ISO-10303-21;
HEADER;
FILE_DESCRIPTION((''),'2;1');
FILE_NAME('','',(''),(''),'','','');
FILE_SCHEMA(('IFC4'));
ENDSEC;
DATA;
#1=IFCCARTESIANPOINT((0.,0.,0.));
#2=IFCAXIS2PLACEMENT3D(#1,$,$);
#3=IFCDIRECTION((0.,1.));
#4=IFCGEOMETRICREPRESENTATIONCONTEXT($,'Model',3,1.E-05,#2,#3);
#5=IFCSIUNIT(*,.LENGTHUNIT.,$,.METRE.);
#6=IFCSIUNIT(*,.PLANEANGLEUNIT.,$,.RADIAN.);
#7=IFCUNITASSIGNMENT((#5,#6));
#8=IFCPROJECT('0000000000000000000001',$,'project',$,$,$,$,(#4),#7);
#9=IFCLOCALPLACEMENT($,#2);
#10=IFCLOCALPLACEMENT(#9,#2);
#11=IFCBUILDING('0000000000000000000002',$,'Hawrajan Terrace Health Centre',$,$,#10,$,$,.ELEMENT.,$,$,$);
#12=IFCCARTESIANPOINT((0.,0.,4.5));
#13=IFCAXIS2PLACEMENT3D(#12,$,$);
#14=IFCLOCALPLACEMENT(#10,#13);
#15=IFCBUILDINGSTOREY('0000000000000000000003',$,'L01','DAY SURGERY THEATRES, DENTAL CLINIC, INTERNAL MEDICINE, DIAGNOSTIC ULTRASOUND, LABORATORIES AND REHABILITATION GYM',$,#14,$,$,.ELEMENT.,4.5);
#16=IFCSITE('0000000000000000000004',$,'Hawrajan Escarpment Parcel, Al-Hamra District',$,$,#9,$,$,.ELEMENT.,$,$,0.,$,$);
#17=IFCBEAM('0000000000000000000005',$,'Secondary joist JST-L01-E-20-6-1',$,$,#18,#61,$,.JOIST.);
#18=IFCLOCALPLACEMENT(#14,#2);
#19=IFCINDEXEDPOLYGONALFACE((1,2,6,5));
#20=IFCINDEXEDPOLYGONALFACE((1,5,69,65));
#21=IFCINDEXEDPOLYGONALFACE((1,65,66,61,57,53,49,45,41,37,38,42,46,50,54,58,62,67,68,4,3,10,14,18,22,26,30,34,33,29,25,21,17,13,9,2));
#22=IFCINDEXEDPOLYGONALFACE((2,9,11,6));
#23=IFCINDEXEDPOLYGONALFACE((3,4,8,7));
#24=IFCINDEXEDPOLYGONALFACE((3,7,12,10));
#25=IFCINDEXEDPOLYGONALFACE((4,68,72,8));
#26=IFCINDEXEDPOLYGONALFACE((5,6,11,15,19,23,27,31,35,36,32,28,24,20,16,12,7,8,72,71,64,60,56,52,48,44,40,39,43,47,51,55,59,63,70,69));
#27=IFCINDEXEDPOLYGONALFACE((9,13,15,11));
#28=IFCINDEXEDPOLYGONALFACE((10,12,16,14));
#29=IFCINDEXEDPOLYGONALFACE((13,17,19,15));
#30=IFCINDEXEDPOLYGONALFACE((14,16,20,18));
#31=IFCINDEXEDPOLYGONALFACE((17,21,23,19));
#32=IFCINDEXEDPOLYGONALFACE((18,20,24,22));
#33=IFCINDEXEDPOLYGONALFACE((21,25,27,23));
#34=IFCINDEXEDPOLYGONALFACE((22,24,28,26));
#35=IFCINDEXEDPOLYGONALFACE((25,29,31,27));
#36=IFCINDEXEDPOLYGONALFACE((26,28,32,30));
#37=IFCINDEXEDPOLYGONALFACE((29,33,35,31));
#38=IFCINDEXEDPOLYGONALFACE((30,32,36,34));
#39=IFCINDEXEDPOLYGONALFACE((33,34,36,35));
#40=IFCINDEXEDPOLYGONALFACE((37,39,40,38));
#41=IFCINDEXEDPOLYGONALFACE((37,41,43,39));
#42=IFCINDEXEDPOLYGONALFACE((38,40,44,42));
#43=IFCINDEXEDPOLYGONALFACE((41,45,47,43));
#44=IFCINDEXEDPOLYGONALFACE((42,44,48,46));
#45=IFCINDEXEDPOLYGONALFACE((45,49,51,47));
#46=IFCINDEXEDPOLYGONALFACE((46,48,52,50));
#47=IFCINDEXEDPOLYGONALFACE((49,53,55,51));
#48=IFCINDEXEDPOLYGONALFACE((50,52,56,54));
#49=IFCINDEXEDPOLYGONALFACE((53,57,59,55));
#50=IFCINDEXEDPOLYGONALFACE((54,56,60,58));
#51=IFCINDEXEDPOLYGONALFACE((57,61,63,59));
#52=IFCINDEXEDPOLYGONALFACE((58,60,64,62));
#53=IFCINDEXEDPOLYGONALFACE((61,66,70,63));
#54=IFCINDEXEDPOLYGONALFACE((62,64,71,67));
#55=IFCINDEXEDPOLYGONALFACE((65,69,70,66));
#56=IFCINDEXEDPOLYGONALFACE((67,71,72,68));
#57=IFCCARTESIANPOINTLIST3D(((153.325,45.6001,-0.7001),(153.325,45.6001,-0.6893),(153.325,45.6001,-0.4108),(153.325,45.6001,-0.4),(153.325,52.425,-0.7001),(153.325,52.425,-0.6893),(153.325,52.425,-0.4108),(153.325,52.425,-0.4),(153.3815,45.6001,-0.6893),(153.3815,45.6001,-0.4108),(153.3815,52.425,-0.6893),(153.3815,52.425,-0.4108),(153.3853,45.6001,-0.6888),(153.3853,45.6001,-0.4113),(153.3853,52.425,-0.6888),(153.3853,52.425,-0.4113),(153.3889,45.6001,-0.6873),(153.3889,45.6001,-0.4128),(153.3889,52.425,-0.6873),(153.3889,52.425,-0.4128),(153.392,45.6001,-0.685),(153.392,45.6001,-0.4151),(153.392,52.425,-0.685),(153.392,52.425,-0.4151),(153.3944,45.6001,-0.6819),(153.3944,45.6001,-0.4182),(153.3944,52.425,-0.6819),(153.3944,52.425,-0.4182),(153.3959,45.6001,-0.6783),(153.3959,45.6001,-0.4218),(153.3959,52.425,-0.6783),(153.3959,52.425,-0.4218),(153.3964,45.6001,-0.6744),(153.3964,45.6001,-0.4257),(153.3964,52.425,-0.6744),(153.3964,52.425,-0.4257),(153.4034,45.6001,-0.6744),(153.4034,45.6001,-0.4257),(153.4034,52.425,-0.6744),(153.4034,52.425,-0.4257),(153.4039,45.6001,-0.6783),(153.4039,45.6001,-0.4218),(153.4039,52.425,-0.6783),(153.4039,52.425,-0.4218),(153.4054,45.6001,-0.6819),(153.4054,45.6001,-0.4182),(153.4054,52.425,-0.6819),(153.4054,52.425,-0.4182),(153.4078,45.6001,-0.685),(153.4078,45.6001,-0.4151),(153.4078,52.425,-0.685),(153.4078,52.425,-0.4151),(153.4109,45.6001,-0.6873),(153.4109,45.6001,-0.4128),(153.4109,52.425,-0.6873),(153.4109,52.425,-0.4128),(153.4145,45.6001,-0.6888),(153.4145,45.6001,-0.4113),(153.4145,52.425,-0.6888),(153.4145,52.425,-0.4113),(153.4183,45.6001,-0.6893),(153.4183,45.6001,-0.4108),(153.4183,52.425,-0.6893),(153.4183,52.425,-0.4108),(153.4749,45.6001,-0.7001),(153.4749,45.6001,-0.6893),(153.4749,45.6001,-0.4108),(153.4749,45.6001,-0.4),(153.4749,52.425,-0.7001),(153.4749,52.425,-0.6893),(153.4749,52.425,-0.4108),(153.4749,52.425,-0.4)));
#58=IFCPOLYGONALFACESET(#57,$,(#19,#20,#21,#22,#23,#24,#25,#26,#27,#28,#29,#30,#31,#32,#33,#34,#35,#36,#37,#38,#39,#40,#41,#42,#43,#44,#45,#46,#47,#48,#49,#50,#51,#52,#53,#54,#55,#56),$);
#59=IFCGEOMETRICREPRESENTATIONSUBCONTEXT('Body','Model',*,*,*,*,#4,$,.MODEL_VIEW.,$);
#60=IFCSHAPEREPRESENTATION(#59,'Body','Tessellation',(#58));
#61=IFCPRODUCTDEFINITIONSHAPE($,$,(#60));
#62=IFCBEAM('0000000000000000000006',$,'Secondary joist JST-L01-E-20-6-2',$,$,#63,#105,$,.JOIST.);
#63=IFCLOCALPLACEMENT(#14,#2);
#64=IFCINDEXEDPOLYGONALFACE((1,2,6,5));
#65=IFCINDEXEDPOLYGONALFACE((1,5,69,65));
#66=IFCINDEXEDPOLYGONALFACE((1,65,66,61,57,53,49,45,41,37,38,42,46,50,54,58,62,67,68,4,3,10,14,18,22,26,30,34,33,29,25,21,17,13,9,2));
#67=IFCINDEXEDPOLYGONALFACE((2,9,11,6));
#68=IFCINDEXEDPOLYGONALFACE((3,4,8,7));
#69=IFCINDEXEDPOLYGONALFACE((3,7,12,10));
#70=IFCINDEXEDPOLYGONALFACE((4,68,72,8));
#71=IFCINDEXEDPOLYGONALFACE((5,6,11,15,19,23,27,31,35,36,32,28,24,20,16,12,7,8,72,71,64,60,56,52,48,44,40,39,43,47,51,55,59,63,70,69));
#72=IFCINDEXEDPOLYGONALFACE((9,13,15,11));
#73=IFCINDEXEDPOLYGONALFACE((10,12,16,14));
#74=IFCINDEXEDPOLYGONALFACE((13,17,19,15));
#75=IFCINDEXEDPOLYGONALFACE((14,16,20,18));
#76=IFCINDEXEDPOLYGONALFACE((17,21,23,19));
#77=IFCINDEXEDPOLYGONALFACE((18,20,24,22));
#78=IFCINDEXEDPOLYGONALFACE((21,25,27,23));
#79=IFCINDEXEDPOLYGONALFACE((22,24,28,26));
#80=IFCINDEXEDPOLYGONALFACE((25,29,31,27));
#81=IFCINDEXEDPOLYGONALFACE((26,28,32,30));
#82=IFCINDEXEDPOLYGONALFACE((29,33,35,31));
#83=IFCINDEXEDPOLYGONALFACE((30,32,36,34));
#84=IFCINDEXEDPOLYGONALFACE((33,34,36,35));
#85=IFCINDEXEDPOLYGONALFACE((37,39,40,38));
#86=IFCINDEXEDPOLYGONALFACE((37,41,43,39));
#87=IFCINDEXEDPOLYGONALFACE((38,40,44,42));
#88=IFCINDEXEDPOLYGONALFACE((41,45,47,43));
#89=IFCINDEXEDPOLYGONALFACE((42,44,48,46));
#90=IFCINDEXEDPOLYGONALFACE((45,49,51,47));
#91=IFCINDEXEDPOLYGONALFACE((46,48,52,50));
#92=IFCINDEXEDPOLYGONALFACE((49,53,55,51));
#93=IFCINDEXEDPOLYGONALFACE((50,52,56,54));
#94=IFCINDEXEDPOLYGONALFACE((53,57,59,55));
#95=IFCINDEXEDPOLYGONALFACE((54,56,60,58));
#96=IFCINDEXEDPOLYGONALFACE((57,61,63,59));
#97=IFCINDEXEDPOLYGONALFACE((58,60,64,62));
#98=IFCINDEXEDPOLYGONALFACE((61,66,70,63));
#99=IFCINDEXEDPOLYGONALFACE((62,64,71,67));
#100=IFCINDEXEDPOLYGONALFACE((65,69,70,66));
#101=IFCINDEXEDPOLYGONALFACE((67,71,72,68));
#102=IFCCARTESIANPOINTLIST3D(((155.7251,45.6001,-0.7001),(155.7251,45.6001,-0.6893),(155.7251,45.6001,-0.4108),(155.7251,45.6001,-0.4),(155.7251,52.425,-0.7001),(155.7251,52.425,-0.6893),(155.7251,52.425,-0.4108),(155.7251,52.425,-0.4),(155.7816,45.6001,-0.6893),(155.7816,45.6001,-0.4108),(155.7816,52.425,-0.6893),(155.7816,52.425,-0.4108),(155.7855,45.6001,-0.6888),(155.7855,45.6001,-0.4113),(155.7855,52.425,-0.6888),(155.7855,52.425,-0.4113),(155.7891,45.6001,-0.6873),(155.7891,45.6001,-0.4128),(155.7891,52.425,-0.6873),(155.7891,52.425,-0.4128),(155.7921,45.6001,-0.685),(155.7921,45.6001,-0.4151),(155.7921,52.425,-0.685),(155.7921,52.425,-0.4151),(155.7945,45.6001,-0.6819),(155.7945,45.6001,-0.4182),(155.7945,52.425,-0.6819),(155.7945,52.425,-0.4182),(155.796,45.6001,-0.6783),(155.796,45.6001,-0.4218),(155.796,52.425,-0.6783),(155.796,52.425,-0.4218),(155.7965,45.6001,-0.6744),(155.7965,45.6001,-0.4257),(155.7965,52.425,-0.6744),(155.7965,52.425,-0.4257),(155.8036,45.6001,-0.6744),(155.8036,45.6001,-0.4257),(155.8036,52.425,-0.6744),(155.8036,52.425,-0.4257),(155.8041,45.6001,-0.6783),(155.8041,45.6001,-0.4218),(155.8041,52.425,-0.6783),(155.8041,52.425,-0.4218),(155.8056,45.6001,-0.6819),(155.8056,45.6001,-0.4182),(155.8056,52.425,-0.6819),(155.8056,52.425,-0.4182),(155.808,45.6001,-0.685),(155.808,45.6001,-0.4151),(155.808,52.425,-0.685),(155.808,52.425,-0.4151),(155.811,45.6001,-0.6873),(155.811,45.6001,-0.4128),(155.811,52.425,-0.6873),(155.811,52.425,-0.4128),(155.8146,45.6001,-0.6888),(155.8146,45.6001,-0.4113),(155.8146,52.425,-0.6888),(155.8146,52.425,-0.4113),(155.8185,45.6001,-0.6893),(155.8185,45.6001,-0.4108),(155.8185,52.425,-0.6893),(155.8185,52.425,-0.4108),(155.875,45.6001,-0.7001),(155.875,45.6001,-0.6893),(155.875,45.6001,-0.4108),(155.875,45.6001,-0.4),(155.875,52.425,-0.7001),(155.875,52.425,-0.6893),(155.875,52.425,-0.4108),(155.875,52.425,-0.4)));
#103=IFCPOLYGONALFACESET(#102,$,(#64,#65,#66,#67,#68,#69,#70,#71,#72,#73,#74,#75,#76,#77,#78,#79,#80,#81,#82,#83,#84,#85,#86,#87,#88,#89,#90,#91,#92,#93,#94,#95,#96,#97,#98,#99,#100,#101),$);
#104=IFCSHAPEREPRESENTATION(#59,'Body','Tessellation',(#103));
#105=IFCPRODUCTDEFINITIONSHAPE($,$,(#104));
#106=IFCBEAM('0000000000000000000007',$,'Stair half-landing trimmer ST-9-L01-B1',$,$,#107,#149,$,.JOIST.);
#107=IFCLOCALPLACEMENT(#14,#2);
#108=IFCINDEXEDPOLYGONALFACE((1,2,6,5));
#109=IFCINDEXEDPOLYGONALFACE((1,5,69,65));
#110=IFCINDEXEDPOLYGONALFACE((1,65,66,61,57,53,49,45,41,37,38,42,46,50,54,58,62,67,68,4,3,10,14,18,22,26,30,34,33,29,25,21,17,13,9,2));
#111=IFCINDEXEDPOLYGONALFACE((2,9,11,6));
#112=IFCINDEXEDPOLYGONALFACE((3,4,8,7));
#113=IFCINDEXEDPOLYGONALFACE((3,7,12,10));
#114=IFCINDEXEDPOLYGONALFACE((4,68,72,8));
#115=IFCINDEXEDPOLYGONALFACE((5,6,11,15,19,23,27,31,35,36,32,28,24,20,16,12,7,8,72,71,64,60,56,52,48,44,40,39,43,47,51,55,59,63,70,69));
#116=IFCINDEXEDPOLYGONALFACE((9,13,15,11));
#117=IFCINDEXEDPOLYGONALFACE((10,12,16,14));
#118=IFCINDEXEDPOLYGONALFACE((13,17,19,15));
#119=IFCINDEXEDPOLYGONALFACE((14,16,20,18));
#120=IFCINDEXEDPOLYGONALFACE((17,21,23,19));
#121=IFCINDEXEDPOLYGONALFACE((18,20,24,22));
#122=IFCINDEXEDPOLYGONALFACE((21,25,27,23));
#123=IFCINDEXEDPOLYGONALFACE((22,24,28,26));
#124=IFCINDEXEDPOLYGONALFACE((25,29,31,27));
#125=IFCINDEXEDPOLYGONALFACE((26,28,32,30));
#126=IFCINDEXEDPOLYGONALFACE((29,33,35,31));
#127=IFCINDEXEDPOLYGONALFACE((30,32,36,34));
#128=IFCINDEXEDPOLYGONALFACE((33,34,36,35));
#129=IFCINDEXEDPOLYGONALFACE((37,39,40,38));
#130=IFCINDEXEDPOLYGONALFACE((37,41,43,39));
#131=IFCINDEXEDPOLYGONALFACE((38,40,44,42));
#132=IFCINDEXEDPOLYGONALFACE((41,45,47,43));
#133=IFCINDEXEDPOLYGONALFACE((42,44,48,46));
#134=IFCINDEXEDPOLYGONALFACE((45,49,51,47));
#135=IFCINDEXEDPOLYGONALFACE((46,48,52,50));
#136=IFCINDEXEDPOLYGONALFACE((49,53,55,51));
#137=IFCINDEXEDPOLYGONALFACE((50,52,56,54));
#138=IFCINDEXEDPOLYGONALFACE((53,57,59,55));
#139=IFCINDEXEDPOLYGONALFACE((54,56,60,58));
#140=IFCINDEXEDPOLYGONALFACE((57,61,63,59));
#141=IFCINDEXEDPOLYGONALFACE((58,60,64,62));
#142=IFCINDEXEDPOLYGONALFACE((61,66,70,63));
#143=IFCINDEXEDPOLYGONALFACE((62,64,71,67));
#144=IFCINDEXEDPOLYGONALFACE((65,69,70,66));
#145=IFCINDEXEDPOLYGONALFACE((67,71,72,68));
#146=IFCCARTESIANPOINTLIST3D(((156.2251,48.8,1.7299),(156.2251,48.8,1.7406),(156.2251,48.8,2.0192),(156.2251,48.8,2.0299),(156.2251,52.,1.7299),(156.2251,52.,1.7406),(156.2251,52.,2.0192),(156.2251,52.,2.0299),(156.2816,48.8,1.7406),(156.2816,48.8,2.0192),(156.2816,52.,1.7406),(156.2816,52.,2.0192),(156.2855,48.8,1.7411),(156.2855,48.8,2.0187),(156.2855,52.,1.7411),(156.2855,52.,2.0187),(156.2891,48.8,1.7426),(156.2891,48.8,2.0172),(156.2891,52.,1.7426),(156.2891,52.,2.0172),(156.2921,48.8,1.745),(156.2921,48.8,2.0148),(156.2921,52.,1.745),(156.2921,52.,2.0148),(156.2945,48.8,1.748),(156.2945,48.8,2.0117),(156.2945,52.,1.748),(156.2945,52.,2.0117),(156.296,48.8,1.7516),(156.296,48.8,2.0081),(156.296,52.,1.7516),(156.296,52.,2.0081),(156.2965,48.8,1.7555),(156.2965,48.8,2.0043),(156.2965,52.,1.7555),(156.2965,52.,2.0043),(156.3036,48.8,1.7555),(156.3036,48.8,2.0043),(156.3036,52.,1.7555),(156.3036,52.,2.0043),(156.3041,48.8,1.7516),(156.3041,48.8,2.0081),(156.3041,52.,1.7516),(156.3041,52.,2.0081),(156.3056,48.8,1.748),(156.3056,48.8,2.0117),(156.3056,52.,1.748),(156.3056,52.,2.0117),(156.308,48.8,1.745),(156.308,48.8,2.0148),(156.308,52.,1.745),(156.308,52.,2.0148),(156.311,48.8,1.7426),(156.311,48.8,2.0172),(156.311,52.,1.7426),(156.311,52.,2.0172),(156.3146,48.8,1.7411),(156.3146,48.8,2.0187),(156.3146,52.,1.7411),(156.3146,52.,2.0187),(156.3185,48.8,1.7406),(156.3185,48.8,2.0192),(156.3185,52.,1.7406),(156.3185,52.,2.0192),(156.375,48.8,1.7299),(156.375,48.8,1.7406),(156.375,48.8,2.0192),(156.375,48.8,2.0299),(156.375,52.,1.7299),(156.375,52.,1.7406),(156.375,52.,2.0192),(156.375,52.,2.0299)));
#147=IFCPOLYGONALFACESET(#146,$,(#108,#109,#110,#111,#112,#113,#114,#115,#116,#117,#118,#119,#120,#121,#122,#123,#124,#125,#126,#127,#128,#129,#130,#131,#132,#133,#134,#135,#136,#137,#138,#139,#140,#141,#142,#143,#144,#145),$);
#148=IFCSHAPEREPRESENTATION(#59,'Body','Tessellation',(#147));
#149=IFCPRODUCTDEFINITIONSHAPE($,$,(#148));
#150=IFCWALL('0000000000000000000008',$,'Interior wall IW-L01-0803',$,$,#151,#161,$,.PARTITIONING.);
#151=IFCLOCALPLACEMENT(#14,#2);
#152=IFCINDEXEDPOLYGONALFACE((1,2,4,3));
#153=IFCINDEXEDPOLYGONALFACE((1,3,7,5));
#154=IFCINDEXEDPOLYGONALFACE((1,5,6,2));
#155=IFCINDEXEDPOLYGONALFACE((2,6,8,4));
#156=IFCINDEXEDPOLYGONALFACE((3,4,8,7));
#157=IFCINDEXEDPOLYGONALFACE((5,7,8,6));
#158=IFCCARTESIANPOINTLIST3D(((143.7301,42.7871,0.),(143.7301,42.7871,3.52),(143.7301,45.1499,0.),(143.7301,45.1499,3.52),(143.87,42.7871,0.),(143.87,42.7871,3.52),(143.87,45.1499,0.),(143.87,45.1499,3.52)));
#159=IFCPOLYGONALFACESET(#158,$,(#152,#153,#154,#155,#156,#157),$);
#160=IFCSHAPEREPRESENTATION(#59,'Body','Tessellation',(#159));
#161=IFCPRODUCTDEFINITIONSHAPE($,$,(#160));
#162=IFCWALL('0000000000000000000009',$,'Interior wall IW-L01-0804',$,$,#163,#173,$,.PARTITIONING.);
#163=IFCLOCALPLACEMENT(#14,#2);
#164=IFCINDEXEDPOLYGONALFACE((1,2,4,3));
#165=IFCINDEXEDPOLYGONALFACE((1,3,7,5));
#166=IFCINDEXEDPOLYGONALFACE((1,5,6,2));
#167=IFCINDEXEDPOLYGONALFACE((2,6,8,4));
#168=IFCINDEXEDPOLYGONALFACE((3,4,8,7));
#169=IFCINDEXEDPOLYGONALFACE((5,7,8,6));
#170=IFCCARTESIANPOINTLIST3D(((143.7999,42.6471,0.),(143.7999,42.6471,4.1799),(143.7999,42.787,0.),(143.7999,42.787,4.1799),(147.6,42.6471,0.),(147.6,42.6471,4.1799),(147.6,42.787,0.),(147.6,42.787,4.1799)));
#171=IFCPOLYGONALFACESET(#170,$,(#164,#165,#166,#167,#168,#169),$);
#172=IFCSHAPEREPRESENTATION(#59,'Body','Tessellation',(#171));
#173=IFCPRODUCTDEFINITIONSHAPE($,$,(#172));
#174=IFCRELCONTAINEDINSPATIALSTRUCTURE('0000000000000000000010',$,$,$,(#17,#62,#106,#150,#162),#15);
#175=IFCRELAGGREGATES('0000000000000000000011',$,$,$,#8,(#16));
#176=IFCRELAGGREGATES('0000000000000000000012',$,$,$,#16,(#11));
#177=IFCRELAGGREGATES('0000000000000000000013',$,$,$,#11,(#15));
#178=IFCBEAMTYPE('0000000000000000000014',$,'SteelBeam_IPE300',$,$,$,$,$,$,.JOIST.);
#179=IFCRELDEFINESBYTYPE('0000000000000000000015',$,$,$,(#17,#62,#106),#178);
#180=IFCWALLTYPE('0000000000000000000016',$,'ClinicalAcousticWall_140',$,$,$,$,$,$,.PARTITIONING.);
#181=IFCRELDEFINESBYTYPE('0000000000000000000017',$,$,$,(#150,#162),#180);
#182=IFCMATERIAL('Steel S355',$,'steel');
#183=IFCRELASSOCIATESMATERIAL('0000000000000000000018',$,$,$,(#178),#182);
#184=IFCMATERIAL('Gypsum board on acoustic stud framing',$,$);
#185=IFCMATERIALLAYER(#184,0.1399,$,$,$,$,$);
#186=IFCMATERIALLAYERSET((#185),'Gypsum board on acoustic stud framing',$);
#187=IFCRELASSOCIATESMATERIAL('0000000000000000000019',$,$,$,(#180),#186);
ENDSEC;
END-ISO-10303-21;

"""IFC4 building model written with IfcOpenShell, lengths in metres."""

from ifc_helpers import new_model, si_unit, direction, frame, frame_2d, origin, origin_2d, place, context, subcontext, project, spatial, rectangle, i_section, extrude, material, layer, layer_set, material_profile, profile_set, type_object, element, save


model = new_model("IFC4")

# Units and contexts
model_context = context("Model", 3, precision=1e-05, world=origin(), true_north=direction((0.0, 1.0)))
body_context = subcontext(model_context, "Body", "Model", "MODEL_VIEW")
ifc_project = project(units=[si_unit("LENGTHUNIT", "METRE"), si_unit("PLANEANGLEUNIT", "RADIAN")], contexts=[model_context])

# Site, building, storey
site_placement = place(None, origin())
site = spatial("IfcSite", under=ifc_project, at=site_placement, Name="Hawrajan Escarpment Parcel, Al-Hamra District", CompositionType="ELEMENT", RefElevation=0.0)
building_placement = place(site_placement, origin())
building = spatial("IfcBuilding", under=site, at=building_placement, Name="Hawrajan Terrace Health Centre", CompositionType="ELEMENT")
storey_placement = place(building_placement, frame((0.0, 0.0, 4.5)))
storey = spatial("IfcBuildingStorey", under=building, at=storey_placement, Name="L01", Description="DAY SURGERY THEATRES, DENTAL CLINIC, INTERNAL MEDICINE, DIAGNOSTIC ULTRASOUND, LABORATORIES AND REHABILITATION GYM", CompositionType="ELEMENT", Elevation=4.5)

# Beams
ifc_material_1 = material(Name="Steel S355", Category="steel")
ifc_material_profile_1 = material_profile(ifc_material_1, i_section(OverallWidth=0.1499, OverallDepth=0.3, WebThickness=0.0071, FlangeThickness=0.0107, FilletRadius=0.0149, at=origin_2d()), Name="IPE 300")
ifc_profile_set_1 = profile_set([ifc_material_profile_1], Name="Steel S355")
beam_type_1 = type_object("IfcBeamType", Name="SteelBeam_IPE300", PredefinedType="JOIST", material=ifc_profile_set_1)
for number, where, z_axis, x_axis, name in (
    (1, (153.3999, 45.6001, -0.55), (0.0, 1.0, 0.0), (-1.0, 0.0, 0.0), "Secondary joist JST-L01-E-20-6-1"),
    (2, (155.8, 45.6001, -0.55), (0.0, 1.0, 0.0), (-1.0, 0.0, 0.0), "Secondary joist JST-L01-E-20-6-2"),
):
    element("IfcBeam", number, at=place(storey_placement, frame(where, z_axis=z_axis, x_axis=x_axis)), inside=storey, type_object=beam_type_1, Name=name, PredefinedType="JOIST", context=body_context, shape_type="SweptSolid", body=[
        extrude(i_section(OverallWidth=0.1499, OverallDepth=0.3, WebThickness=0.0071, FlangeThickness=0.0107, FilletRadius=0.0149, at=origin_2d()), origin(), (0.0, 0.0, 1.0), 6.825),
    ])
beam_placement = place(storey_placement, frame((156.3, 48.8, 1.8799), z_axis=(0.0, 1.0, 0.0), x_axis=(-1.0, 0.0, 0.0)))
element("IfcBeam", 3, at=beam_placement, inside=storey, type_object=beam_type_1, Name="Stair half-landing trimmer ST-9-L01-B1", PredefinedType="JOIST", context=body_context, shape_type="SweptSolid", body=[
    extrude(i_section(OverallWidth=0.1499, OverallDepth=0.3, WebThickness=0.0071, FlangeThickness=0.0107, FilletRadius=0.0149, at=origin_2d()), origin(), (0.0, 0.0, 1.0), 3.2),
])

# Walls
ifc_material_2 = material(Name="Gypsum board on acoustic stud framing")
ifc_layer_1 = layer(ifc_material_2, 0.1399)
ifc_layer_set_1 = layer_set([ifc_layer_1], Name="Gypsum board on acoustic stud framing")
wall_type_1 = type_object("IfcWallType", Name="ClinicalAcousticWall_140", PredefinedType="PARTITIONING", material=ifc_layer_set_1)
wall_1_placement = place(storey_placement, frame((143.8, 42.7871, 0.0), z_axis=(0.0, 0.0, 1.0), x_axis=(0.0, 1.0, 0.0)))
element("IfcWall", 4, at=wall_1_placement, inside=storey, type_object=wall_type_1, Name="Interior wall IW-L01-0803", PredefinedType="PARTITIONING", context=body_context, shape_type="SweptSolid", body=[
    extrude(rectangle(XDim=2.3628, YDim=0.1399, at=frame_2d((1.1814, 0.0))), origin(), (0.0, 0.0, 1.0), 3.52),
])
wall_2_placement = place(storey_placement, frame((143.8, 42.717, 0.0), z_axis=(0.0, 0.0, 1.0), x_axis=(1.0, 0.0, 0.0)))
element("IfcWall", 5, at=wall_2_placement, inside=storey, type_object=wall_type_1, Name="Interior wall IW-L01-0804", PredefinedType="PARTITIONING", context=body_context, shape_type="SweptSolid", body=[
    extrude(rectangle(XDim=3.8, YDim=0.1399, at=frame_2d((1.8999, 0.0))), origin(), (0.0, 0.0, 1.0), 4.1799),
])

save(model, "model.ifc")
